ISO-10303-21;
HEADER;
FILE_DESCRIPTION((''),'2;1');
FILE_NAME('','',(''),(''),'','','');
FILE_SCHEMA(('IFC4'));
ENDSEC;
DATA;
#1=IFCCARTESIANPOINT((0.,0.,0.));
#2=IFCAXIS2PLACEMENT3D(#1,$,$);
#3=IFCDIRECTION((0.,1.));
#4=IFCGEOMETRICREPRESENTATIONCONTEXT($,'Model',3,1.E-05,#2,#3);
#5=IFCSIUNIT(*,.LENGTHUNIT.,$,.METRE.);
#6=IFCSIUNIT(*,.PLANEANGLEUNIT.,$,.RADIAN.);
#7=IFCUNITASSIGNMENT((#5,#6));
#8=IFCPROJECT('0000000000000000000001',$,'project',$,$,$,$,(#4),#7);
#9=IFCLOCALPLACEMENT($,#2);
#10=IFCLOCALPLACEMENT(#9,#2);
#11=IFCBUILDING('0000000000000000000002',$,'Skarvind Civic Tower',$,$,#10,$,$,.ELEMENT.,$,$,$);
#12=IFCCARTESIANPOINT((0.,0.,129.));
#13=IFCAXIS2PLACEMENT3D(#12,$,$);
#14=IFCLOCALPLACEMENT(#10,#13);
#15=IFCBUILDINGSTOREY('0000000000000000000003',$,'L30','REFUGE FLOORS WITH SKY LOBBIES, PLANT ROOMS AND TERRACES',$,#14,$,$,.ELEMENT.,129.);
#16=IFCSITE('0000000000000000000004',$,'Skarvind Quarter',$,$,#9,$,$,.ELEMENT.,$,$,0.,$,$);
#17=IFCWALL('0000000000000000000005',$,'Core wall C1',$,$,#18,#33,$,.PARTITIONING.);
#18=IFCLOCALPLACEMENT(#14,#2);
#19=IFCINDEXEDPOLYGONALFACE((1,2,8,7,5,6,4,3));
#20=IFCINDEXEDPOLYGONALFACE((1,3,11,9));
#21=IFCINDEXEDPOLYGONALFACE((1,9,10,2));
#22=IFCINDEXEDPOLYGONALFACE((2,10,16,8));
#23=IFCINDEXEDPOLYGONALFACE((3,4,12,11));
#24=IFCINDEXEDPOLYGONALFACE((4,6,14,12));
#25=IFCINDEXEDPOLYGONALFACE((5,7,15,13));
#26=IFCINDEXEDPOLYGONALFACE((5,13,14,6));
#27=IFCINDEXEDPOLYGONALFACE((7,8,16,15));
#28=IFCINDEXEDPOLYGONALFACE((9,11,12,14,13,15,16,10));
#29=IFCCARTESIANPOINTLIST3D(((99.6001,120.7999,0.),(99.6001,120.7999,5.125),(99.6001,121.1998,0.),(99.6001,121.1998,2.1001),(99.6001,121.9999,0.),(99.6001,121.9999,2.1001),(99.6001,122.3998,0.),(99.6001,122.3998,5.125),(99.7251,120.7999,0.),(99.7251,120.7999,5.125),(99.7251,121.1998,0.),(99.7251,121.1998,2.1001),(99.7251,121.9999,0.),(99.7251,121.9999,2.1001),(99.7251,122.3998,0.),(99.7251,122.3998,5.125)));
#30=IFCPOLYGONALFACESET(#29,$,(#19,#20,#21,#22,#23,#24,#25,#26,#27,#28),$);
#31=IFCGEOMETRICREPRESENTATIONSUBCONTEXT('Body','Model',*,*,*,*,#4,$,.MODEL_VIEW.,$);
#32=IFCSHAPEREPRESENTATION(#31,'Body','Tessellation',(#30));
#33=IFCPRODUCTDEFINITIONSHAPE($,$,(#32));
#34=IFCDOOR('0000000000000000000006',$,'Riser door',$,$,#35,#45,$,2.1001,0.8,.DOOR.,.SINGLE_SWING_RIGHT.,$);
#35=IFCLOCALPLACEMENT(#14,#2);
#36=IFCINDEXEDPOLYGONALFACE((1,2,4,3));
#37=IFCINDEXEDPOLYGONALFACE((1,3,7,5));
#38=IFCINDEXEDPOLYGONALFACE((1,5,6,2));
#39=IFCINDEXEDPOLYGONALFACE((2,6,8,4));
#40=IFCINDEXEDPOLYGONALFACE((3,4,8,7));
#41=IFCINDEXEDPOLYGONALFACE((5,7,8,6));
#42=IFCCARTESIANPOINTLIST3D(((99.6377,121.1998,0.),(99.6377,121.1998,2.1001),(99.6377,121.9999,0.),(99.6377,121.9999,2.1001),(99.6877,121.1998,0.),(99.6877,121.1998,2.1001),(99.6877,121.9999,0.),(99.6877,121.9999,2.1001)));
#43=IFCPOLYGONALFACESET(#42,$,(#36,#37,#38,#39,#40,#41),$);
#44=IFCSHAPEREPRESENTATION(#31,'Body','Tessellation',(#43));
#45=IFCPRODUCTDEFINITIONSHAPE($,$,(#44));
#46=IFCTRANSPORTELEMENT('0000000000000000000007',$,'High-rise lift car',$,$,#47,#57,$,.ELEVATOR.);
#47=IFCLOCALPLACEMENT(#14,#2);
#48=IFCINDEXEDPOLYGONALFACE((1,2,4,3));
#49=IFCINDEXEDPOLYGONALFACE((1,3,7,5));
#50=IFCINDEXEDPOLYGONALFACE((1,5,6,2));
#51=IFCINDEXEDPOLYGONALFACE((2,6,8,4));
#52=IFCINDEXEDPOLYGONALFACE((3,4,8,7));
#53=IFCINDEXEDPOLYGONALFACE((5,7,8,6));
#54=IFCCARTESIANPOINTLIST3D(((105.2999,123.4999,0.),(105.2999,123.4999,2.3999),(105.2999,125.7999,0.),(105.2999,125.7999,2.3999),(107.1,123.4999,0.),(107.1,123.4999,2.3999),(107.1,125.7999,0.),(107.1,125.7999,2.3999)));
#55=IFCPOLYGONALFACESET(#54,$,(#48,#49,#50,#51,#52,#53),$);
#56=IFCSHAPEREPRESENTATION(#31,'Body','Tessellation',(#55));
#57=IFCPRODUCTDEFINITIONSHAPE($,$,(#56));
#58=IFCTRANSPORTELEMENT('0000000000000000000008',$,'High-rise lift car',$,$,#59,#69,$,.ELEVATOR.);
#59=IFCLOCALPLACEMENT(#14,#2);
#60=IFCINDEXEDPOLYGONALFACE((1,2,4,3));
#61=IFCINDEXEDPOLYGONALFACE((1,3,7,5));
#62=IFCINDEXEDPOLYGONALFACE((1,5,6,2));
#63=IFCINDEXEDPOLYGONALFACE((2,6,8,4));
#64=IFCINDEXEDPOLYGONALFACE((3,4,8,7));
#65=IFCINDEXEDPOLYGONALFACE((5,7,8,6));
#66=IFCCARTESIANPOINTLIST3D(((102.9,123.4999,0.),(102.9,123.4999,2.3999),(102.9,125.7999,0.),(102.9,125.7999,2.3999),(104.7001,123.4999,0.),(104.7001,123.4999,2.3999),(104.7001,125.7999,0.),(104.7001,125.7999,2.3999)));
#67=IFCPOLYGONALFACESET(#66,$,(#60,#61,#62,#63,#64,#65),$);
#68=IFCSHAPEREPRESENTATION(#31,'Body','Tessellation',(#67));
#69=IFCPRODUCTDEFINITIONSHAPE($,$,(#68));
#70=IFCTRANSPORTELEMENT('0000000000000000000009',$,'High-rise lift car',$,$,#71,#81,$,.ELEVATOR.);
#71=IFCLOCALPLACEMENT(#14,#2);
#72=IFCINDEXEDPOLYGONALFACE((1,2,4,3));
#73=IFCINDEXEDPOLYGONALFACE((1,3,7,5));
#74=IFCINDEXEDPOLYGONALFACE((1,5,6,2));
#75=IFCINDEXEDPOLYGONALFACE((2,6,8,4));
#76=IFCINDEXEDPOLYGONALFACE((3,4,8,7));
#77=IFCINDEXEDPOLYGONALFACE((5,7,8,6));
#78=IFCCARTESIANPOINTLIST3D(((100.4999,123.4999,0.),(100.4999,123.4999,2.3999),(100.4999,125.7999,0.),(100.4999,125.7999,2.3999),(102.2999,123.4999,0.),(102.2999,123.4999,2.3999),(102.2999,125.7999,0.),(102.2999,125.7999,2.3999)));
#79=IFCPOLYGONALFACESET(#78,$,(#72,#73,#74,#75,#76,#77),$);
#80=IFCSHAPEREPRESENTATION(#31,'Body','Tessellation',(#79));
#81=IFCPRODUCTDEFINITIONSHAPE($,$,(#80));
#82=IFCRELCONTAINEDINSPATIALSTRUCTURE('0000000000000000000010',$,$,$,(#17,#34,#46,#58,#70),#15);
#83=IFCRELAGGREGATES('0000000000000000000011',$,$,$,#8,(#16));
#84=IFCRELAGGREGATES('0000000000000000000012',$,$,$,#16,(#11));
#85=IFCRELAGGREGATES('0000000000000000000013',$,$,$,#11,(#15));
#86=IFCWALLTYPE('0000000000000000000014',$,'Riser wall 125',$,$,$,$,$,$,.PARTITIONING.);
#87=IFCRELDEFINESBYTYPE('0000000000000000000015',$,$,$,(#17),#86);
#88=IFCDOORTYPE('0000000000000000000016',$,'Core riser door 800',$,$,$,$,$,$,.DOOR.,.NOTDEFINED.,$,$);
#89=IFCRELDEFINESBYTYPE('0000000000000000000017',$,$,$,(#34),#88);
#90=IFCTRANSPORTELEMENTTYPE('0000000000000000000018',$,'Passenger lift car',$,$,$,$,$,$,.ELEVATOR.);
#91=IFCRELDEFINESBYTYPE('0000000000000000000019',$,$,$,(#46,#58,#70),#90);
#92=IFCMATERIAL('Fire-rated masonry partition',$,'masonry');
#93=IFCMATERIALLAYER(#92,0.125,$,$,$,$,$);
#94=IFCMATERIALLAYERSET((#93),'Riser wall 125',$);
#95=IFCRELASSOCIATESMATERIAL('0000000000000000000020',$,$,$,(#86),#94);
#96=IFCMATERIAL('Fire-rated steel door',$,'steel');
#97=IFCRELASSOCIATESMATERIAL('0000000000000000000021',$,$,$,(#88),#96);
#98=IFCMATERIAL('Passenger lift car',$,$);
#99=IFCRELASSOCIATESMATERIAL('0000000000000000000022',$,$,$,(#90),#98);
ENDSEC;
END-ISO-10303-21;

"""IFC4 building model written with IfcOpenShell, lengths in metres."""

from ifc_helpers import new_model, si_unit, direction, frame, frame_2d, origin, origin_2d, place, context, subcontext, project, spatial, rectangle, extrude, material, layer, layer_set, type_object, element, fill, save


model = new_model("IFC4")

# Units and contexts
model_context = context("Model", 3, precision=1e-05, world=origin(), true_north=direction((0.0, 1.0)))
body_context = subcontext(model_context, "Body", "Model", "MODEL_VIEW")
ifc_project = project(units=[si_unit("LENGTHUNIT", "METRE"), si_unit("PLANEANGLEUNIT", "RADIAN")], contexts=[model_context])

# Site, building, storey
site_placement = place(None, origin())
site = spatial("IfcSite", under=ifc_project, at=site_placement, Name="Skarvind Quarter", CompositionType="ELEMENT", RefElevation=0.0)
building_placement = place(site_placement, origin())
building = spatial("IfcBuilding", under=site, at=building_placement, Name="Skarvind Civic Tower", CompositionType="ELEMENT")
storey_placement = place(building_placement, frame((0.0, 0.0, 129.0)))
storey = spatial("IfcBuildingStorey", under=building, at=storey_placement, Name="L30", Description="REFUGE FLOORS WITH SKY LOBBIES, PLANT ROOMS AND TERRACES", CompositionType="ELEMENT", Elevation=129.0)

# Wall, opening, door
ifc_material_1 = material(Name="Fire-rated masonry partition", Category="masonry")
ifc_layer_1 = layer(ifc_material_1, 0.125)
ifc_layer_set_1 = layer_set([ifc_layer_1], Name="Riser wall 125")
wall_type_1 = type_object("IfcWallType", Name="Riser wall 125", PredefinedType="PARTITIONING", material=ifc_layer_set_1)
wall_1_placement = place(storey_placement, frame((99.6626, 120.8, 0.0), z_axis=(0.0, 0.0, 1.0), x_axis=(0.0, 1.0, 0.0)))
wall_1 = element("IfcWall", 1, at=wall_1_placement, inside=storey, type_object=wall_type_1, Name="Core wall C1", PredefinedType="PARTITIONING", context=body_context, shape_type="SweptSolid", body=[
    extrude(rectangle(XDim=1.5999, YDim=0.125, at=frame_2d((0.7998, 0.0))), origin(), (0.0, 0.0, 1.0), 5.125),
])
opening_1_placement = place(wall_1_placement, frame((0.3999, 0.0, 0.0)))
opening_1 = element("IfcOpeningElement", 2, at=opening_1_placement, cuts=wall_1, PredefinedType="OPENING", context=body_context, shape_type="SweptSolid", body=[
    extrude(rectangle(XDim=0.8, YDim=2.1001, at=frame_2d((0.3999, 1.05))), frame((0.0, 0.0725, 0.0), z_axis=(0.0, -1.0, 0.0), x_axis=(1.0, 0.0, 0.0)), (0.0, 0.0, 1.0), 0.145),
])
ifc_material_2 = material(Name="Fire-rated steel door", Category="steel")
door_type_1 = type_object("IfcDoorType", Name="Core riser door 800", OperationType="NOTDEFINED", PredefinedType="DOOR", material=ifc_material_2)
door_1_placement = place(opening_1_placement, origin())
door_1 = element("IfcDoor", 3, at=door_1_placement, inside=storey, type_object=door_type_1, Name="Riser door", OperationType="SINGLE_SWING_RIGHT", OverallHeight=2.1001, OverallWidth=0.8, PredefinedType="DOOR", context=body_context, shape_type="SweptSolid", body=[
    extrude(rectangle(XDim=0.8, YDim=2.1001, at=frame_2d((0.3999, 1.05))), frame((0.0, 0.0249, 0.0), z_axis=(0.0, -1.0, 0.0), x_axis=(1.0, 0.0, 0.0)), (0.0, 0.0, 1.0), 0.05),
])
fill(opening_1, door_1)

# Transport elements
ifc_material_3 = material(Name="Passenger lift car")
transport_element_type = type_object("IfcTransportElementType", Name="Passenger lift car", PredefinedType="ELEVATOR", material=ifc_material_3)
for number, where, z_axis, x_axis, name in (
    (4, (106.2, 124.6499, 0.0), (0.0, 0.0, 1.0), (-1.0, 0.0, 0.0), "High-rise lift car"),
    (5, (103.8, 124.6499, 0.0), (0.0, 0.0, 1.0), (-1.0, 0.0, 0.0), "High-rise lift car"),
    (6, (101.3999, 124.6499, 0.0), (0.0, 0.0, 1.0), (-1.0, 0.0, 0.0), "High-rise lift car"),
):
    element("IfcTransportElement", number, at=place(storey_placement, frame(where, z_axis=z_axis, x_axis=x_axis)), inside=storey, type_object=transport_element_type, Name=name, PredefinedType="ELEVATOR", context=body_context, shape_type="SweptSolid", body=[
        extrude(rectangle(XDim=1.8, YDim=2.3, at=origin_2d()), origin(), (0.0, 0.0, 1.0), 2.3999),
    ])

save(model, "model.ifc")
